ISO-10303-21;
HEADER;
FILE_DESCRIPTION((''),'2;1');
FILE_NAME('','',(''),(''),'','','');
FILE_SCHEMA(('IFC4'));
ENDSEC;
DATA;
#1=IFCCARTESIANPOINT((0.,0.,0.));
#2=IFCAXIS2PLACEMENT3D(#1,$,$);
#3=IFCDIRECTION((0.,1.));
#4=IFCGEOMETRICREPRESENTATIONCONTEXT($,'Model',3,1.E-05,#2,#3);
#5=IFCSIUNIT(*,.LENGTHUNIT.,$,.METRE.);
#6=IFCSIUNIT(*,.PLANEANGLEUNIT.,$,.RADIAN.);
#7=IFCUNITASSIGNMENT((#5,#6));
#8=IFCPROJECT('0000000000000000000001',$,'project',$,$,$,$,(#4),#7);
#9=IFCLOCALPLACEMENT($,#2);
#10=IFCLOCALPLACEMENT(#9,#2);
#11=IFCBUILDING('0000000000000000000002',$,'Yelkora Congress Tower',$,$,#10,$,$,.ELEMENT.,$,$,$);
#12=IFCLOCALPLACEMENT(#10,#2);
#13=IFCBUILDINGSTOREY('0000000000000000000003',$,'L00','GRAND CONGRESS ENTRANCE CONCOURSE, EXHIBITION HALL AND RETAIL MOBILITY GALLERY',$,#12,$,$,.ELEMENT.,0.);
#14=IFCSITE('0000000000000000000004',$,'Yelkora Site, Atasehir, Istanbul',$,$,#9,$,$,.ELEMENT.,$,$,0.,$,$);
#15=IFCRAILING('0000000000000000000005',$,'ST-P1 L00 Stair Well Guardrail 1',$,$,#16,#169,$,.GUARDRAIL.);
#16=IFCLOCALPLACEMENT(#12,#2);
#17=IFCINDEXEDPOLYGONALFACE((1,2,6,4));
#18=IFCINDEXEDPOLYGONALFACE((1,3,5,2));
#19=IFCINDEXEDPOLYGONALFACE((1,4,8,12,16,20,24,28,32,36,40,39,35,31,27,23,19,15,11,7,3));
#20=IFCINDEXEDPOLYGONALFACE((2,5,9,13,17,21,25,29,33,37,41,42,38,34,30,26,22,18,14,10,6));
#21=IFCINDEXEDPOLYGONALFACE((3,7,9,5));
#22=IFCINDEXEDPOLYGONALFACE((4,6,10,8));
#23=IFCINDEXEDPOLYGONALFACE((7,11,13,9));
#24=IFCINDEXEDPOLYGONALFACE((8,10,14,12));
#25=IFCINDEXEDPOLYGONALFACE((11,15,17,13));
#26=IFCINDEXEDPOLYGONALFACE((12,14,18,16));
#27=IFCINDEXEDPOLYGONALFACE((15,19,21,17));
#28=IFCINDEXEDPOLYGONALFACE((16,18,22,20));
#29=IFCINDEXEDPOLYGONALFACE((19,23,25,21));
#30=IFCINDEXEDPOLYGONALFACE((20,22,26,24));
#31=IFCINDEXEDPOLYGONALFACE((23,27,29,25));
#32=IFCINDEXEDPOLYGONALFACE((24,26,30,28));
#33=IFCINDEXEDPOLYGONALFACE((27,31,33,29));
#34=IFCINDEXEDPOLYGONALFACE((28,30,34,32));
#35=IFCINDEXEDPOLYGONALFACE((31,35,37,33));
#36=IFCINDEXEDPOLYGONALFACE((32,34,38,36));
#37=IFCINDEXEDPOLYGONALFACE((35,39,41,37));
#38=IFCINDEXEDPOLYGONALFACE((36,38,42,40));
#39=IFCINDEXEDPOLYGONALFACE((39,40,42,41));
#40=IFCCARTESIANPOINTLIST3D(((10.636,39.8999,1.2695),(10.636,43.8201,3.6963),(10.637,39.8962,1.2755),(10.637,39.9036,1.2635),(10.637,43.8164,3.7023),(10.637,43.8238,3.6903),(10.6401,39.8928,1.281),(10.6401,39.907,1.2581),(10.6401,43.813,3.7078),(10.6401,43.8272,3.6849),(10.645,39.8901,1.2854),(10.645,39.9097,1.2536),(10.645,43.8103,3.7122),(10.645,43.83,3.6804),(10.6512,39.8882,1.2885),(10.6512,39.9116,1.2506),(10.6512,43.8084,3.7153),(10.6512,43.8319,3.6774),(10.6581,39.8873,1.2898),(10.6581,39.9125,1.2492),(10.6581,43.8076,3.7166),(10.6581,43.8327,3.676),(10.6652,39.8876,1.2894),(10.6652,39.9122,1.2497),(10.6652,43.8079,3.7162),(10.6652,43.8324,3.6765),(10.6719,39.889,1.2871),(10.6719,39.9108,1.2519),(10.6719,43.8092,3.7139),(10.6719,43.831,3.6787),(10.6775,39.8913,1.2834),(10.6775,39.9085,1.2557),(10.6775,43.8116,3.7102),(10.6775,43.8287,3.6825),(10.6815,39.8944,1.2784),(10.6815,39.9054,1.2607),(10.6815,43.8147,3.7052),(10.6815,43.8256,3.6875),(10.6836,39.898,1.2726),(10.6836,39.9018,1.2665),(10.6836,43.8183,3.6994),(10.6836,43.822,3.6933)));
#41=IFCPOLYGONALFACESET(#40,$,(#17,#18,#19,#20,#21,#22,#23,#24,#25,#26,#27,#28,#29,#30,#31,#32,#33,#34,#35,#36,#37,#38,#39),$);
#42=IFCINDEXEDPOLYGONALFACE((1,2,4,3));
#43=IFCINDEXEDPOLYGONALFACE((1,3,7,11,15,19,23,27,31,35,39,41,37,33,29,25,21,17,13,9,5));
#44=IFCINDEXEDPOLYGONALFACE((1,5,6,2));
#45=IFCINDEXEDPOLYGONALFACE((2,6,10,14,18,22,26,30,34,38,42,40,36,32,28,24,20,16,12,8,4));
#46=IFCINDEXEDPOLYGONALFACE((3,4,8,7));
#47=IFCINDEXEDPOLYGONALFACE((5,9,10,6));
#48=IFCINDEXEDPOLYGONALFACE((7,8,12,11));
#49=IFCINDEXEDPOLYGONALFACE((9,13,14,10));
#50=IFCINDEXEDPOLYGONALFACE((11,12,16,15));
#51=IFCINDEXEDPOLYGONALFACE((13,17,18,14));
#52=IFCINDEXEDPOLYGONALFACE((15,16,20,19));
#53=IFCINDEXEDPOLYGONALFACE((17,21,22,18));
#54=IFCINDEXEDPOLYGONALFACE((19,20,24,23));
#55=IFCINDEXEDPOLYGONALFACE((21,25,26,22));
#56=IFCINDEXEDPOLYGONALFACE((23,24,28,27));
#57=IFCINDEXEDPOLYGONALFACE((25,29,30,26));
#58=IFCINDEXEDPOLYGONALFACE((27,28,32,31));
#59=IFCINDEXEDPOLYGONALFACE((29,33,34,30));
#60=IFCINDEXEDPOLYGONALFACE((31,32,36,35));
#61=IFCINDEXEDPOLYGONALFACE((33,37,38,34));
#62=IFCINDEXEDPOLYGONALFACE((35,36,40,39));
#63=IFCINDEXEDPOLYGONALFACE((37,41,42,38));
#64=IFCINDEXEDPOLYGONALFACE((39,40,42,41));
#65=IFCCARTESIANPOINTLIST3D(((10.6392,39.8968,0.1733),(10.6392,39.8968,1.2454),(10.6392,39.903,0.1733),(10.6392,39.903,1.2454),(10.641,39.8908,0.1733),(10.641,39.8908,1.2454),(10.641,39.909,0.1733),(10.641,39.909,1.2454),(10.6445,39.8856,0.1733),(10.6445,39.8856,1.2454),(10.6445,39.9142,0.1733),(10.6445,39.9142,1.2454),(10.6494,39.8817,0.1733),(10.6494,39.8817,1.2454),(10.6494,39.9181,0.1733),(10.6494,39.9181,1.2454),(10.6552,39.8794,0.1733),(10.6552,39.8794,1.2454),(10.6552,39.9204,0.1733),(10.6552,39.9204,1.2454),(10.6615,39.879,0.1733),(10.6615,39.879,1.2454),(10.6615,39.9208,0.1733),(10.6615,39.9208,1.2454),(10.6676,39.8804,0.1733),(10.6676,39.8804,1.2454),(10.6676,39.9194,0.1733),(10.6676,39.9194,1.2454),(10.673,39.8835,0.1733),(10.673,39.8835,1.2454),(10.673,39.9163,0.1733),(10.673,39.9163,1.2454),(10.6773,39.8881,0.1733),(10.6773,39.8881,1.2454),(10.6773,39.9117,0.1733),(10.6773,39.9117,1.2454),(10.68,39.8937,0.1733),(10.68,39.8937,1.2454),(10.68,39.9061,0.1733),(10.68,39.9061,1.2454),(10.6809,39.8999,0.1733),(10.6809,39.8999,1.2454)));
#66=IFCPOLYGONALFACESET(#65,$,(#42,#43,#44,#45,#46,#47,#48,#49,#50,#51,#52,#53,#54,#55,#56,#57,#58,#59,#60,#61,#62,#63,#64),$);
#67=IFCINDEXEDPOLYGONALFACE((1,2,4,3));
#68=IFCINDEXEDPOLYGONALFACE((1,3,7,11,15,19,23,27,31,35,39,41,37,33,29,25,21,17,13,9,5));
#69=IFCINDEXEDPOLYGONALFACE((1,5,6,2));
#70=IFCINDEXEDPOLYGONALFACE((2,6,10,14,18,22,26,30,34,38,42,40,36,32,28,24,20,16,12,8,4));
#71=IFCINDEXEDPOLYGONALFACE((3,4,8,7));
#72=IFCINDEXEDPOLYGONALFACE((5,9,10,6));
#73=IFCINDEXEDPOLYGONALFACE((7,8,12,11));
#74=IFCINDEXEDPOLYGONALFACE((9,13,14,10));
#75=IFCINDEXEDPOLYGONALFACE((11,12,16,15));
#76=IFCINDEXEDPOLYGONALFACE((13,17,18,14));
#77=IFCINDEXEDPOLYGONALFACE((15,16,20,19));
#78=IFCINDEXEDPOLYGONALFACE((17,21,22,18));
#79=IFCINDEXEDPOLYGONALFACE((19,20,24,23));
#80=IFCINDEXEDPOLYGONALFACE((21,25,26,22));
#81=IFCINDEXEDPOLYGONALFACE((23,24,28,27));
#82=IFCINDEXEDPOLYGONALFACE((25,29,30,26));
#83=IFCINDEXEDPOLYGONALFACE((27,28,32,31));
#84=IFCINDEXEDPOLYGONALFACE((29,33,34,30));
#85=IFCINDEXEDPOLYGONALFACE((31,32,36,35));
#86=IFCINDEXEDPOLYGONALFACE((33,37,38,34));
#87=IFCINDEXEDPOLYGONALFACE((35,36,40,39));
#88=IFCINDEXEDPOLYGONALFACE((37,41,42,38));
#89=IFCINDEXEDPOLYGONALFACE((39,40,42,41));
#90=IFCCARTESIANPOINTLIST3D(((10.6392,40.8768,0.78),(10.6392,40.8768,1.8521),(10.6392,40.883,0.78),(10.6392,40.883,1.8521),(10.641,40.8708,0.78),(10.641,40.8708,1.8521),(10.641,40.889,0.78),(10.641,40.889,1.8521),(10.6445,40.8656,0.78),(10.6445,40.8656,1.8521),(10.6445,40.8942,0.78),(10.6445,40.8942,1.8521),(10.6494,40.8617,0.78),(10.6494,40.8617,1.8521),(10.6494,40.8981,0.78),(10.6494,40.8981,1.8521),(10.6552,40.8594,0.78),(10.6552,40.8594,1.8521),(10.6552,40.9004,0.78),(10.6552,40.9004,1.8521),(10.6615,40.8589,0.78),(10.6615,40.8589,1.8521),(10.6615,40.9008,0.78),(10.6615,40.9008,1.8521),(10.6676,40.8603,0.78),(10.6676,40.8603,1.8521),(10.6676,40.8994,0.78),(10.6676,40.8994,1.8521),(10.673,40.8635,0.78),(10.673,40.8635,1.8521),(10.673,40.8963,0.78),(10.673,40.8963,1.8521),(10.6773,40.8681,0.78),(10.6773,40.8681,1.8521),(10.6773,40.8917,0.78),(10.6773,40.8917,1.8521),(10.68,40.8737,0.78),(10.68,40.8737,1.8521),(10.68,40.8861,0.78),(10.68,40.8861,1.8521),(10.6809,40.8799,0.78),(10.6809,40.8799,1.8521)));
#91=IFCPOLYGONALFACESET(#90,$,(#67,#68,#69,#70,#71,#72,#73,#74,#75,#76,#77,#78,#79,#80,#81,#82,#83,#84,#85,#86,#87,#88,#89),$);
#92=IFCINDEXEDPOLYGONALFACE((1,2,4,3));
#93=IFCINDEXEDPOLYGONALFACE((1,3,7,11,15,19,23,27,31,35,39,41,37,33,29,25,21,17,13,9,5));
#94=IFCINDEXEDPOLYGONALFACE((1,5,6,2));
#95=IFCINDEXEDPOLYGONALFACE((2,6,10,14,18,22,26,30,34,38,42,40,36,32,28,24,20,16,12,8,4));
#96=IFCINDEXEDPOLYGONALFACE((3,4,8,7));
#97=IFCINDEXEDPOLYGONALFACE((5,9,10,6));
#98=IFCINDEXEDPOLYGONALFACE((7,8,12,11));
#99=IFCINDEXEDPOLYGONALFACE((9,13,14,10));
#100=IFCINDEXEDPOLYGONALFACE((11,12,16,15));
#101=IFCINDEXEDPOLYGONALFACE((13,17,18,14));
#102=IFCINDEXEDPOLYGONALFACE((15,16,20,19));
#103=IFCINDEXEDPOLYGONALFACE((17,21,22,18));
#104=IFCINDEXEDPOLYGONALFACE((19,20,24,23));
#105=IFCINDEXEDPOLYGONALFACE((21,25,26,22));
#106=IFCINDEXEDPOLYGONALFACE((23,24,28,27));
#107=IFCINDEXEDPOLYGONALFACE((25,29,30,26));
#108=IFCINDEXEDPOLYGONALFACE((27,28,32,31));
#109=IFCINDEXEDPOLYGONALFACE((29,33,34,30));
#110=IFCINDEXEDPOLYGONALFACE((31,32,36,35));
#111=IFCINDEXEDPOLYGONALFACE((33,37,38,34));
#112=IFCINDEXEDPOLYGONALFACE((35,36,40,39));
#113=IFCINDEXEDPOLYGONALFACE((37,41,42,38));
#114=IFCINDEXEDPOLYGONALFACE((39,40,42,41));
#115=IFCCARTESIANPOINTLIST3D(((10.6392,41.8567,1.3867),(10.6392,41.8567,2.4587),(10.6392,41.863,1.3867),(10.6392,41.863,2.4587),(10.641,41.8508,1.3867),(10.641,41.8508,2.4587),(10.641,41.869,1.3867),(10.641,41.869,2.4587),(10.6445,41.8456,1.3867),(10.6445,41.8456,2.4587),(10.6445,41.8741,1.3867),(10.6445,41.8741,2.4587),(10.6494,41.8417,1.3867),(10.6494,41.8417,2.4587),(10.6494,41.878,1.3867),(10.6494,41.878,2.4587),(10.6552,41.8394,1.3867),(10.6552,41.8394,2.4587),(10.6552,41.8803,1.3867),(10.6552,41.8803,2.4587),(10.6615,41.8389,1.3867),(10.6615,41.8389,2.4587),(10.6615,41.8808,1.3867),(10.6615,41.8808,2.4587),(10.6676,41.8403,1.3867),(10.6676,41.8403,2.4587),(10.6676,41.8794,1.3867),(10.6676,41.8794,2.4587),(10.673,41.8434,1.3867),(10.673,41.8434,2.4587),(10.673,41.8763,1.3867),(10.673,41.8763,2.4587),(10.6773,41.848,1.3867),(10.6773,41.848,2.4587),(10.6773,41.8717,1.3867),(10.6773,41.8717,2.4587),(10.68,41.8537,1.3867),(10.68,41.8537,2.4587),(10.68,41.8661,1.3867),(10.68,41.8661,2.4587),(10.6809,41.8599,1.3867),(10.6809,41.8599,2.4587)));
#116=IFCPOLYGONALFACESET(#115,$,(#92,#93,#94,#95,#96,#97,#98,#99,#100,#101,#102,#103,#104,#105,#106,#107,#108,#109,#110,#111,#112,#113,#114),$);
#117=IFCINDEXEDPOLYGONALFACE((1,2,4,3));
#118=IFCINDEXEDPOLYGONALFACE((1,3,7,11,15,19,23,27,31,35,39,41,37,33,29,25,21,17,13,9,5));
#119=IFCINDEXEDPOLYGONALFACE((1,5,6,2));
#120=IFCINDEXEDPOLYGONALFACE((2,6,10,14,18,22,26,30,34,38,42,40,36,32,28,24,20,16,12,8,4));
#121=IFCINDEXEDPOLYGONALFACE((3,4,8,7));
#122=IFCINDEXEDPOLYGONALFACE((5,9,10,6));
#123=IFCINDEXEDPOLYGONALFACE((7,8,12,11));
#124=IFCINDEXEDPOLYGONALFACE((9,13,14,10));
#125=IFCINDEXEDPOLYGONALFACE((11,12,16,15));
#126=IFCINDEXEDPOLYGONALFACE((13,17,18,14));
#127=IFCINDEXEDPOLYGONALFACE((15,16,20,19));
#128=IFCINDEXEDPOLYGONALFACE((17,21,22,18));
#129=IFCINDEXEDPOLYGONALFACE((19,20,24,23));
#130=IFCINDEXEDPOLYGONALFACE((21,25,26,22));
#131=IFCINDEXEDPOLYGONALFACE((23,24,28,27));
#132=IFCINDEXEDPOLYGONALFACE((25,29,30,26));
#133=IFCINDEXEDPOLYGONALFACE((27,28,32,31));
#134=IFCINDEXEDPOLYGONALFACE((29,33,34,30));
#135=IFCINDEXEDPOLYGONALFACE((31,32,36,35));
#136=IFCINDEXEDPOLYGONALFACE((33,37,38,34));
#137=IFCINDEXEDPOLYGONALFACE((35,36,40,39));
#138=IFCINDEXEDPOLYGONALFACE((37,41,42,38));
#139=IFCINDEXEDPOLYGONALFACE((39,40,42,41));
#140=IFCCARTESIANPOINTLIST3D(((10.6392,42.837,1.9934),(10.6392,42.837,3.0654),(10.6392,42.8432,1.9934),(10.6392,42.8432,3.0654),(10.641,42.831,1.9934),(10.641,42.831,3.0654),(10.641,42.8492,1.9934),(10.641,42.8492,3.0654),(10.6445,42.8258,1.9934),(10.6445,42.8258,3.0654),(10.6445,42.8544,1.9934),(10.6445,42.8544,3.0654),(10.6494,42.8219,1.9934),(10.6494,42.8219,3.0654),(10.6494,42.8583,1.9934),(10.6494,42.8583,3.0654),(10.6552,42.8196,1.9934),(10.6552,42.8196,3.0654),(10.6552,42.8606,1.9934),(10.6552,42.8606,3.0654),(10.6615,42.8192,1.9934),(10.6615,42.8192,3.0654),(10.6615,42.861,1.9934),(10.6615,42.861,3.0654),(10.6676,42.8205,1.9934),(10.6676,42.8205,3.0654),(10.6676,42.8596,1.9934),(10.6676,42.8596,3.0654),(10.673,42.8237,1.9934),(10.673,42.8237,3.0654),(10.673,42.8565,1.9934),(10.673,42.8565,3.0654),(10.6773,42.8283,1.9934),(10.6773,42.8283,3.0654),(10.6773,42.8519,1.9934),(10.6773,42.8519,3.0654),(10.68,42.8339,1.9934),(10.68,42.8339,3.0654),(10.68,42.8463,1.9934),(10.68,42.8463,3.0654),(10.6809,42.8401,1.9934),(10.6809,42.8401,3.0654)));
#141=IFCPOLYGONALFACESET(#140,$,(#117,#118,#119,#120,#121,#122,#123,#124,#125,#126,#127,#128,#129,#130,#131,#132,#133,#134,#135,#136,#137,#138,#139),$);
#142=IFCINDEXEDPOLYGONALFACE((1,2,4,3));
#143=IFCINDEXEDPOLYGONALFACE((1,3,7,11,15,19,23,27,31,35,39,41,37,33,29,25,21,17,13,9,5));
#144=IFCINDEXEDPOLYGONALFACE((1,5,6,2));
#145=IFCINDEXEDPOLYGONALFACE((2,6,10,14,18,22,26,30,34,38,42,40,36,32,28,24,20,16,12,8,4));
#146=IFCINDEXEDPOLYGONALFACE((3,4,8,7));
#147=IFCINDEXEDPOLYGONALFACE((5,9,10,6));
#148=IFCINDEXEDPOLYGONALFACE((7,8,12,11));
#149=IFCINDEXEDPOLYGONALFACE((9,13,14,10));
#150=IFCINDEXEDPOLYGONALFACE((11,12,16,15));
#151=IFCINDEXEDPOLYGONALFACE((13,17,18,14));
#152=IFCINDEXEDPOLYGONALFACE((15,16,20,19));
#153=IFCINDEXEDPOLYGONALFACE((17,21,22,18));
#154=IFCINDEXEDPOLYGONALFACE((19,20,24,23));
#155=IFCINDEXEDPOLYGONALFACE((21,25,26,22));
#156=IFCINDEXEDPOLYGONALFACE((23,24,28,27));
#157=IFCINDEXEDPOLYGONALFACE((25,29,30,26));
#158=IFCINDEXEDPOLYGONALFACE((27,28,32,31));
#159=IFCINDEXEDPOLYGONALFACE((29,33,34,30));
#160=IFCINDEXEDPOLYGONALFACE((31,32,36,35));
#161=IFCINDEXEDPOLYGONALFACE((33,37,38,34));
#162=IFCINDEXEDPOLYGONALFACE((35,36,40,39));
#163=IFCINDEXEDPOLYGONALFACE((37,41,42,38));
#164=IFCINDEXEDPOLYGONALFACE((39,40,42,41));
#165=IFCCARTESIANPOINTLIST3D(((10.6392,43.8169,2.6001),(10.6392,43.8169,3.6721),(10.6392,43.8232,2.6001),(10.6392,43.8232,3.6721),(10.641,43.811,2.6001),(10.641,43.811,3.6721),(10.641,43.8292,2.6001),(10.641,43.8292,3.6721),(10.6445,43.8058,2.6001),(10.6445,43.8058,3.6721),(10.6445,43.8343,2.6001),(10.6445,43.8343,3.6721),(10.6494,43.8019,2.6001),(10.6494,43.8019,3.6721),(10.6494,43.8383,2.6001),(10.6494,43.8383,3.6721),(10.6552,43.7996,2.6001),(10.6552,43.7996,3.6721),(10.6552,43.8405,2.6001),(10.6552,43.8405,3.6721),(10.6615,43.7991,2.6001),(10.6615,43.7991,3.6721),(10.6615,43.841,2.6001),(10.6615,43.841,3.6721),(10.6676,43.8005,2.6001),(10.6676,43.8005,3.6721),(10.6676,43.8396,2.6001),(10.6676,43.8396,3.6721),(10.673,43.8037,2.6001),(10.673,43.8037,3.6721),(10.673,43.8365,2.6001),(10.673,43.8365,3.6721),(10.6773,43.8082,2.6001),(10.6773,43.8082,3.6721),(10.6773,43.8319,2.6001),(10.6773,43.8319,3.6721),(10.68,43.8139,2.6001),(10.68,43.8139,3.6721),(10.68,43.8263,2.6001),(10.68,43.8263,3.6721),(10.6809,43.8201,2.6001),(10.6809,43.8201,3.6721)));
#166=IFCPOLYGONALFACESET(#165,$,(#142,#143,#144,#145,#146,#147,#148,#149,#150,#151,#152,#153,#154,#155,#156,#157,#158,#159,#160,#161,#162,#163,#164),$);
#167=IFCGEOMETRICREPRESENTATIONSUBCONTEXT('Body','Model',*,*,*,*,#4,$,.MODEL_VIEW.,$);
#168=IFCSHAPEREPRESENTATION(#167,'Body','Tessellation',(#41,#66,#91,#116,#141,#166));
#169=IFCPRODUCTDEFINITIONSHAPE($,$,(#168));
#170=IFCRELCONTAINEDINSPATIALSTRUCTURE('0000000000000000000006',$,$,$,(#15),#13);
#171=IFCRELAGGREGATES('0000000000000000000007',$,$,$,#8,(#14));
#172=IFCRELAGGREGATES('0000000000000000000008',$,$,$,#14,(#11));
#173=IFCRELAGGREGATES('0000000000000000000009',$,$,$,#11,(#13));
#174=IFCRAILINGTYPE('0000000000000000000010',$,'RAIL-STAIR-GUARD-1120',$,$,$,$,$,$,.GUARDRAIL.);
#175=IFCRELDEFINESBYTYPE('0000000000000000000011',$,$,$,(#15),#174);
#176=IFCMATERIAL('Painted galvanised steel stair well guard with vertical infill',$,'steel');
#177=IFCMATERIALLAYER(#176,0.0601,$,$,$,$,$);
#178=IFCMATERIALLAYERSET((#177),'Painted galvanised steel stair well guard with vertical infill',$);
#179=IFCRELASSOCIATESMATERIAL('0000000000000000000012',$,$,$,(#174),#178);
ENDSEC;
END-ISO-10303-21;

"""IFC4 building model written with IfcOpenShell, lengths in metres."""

from ifc_helpers import new_model, si_unit, direction, frame, origin, origin_2d, place, context, subcontext, project, spatial, circle, extrude, material, layer, layer_set, type_object, element, save


model = new_model("IFC4")

# Units and contexts
model_context = context("Model", 3, precision=1e-05, world=origin(), true_north=direction((0.0, 1.0)))
body_context = subcontext(model_context, "Body", "Model", "MODEL_VIEW")
ifc_project = project(units=[si_unit("LENGTHUNIT", "METRE"), si_unit("PLANEANGLEUNIT", "RADIAN")], contexts=[model_context])

# Site, building, storey
site_placement = place(None, origin())
site = spatial("IfcSite", under=ifc_project, at=site_placement, Name="Yelkora Site, Atasehir, Istanbul", CompositionType="ELEMENT", RefElevation=0.0)
building_placement = place(site_placement, origin())
building = spatial("IfcBuilding", under=site, at=building_placement, Name="Yelkora Congress Tower", CompositionType="ELEMENT")
storey_placement = place(building_placement, origin())
storey = spatial("IfcBuildingStorey", under=building, at=storey_placement, Name="L00", Description="GRAND CONGRESS ENTRANCE CONCOURSE, EXHIBITION HALL AND RETAIL MOBILITY GALLERY", CompositionType="ELEMENT", Elevation=0.0)

# Railing
ifc_material_1 = material(Name="Painted galvanised steel stair well guard with vertical infill", Category="steel")
ifc_layer_1 = layer(ifc_material_1, 0.0601)
ifc_layer_set_1 = layer_set([ifc_layer_1], Name="Painted galvanised steel stair well guard with vertical infill")
railing_type_1 = type_object("IfcRailingType", Name="RAIL-STAIR-GUARD-1120", PredefinedType="GUARDRAIL", material=ifc_layer_set_1)
railing_1_placement = place(storey_placement, frame((10.6599, 39.8999, 0.1733)))
element("IfcRailing", 1, at=railing_1_placement, inside=storey, type_object=railing_type_1, Name="ST-P1 L00 Stair Well Guardrail 1", PredefinedType="GUARDRAIL", context=body_context, shape_type="SweptSolid", body=[
    extrude(circle(Radius=0.0239, at=origin_2d()), frame((0.0, 0.0, 1.0962), z_axis=(0.0, 0.850266, 0.526353), x_axis=(-1.0, 0.0, 0.0)), (0.0, 0.0, 1.0), 4.6106),
    extrude(circle(Radius=0.021, at=origin_2d()), origin(), (0.0, 0.0, 1.0), 1.072),
    extrude(circle(Radius=0.021, at=origin_2d()), frame((0.0, 0.98, 0.6067)), (0.0, 0.0, 1.0), 1.072),
    extrude(circle(Radius=0.021, at=origin_2d()), frame((0.0, 1.96, 1.2134)), (0.0, 0.0, 1.0), 1.072),
    extrude(circle(Radius=0.021, at=origin_2d()), frame((0.0, 2.9402, 1.8201)), (0.0, 0.0, 1.0), 1.072),
    extrude(circle(Radius=0.021, at=origin_2d()), frame((0.0, 3.9202, 2.4268)), (0.0, 0.0, 1.0), 1.072),
])

save(model, "model.ifc")
